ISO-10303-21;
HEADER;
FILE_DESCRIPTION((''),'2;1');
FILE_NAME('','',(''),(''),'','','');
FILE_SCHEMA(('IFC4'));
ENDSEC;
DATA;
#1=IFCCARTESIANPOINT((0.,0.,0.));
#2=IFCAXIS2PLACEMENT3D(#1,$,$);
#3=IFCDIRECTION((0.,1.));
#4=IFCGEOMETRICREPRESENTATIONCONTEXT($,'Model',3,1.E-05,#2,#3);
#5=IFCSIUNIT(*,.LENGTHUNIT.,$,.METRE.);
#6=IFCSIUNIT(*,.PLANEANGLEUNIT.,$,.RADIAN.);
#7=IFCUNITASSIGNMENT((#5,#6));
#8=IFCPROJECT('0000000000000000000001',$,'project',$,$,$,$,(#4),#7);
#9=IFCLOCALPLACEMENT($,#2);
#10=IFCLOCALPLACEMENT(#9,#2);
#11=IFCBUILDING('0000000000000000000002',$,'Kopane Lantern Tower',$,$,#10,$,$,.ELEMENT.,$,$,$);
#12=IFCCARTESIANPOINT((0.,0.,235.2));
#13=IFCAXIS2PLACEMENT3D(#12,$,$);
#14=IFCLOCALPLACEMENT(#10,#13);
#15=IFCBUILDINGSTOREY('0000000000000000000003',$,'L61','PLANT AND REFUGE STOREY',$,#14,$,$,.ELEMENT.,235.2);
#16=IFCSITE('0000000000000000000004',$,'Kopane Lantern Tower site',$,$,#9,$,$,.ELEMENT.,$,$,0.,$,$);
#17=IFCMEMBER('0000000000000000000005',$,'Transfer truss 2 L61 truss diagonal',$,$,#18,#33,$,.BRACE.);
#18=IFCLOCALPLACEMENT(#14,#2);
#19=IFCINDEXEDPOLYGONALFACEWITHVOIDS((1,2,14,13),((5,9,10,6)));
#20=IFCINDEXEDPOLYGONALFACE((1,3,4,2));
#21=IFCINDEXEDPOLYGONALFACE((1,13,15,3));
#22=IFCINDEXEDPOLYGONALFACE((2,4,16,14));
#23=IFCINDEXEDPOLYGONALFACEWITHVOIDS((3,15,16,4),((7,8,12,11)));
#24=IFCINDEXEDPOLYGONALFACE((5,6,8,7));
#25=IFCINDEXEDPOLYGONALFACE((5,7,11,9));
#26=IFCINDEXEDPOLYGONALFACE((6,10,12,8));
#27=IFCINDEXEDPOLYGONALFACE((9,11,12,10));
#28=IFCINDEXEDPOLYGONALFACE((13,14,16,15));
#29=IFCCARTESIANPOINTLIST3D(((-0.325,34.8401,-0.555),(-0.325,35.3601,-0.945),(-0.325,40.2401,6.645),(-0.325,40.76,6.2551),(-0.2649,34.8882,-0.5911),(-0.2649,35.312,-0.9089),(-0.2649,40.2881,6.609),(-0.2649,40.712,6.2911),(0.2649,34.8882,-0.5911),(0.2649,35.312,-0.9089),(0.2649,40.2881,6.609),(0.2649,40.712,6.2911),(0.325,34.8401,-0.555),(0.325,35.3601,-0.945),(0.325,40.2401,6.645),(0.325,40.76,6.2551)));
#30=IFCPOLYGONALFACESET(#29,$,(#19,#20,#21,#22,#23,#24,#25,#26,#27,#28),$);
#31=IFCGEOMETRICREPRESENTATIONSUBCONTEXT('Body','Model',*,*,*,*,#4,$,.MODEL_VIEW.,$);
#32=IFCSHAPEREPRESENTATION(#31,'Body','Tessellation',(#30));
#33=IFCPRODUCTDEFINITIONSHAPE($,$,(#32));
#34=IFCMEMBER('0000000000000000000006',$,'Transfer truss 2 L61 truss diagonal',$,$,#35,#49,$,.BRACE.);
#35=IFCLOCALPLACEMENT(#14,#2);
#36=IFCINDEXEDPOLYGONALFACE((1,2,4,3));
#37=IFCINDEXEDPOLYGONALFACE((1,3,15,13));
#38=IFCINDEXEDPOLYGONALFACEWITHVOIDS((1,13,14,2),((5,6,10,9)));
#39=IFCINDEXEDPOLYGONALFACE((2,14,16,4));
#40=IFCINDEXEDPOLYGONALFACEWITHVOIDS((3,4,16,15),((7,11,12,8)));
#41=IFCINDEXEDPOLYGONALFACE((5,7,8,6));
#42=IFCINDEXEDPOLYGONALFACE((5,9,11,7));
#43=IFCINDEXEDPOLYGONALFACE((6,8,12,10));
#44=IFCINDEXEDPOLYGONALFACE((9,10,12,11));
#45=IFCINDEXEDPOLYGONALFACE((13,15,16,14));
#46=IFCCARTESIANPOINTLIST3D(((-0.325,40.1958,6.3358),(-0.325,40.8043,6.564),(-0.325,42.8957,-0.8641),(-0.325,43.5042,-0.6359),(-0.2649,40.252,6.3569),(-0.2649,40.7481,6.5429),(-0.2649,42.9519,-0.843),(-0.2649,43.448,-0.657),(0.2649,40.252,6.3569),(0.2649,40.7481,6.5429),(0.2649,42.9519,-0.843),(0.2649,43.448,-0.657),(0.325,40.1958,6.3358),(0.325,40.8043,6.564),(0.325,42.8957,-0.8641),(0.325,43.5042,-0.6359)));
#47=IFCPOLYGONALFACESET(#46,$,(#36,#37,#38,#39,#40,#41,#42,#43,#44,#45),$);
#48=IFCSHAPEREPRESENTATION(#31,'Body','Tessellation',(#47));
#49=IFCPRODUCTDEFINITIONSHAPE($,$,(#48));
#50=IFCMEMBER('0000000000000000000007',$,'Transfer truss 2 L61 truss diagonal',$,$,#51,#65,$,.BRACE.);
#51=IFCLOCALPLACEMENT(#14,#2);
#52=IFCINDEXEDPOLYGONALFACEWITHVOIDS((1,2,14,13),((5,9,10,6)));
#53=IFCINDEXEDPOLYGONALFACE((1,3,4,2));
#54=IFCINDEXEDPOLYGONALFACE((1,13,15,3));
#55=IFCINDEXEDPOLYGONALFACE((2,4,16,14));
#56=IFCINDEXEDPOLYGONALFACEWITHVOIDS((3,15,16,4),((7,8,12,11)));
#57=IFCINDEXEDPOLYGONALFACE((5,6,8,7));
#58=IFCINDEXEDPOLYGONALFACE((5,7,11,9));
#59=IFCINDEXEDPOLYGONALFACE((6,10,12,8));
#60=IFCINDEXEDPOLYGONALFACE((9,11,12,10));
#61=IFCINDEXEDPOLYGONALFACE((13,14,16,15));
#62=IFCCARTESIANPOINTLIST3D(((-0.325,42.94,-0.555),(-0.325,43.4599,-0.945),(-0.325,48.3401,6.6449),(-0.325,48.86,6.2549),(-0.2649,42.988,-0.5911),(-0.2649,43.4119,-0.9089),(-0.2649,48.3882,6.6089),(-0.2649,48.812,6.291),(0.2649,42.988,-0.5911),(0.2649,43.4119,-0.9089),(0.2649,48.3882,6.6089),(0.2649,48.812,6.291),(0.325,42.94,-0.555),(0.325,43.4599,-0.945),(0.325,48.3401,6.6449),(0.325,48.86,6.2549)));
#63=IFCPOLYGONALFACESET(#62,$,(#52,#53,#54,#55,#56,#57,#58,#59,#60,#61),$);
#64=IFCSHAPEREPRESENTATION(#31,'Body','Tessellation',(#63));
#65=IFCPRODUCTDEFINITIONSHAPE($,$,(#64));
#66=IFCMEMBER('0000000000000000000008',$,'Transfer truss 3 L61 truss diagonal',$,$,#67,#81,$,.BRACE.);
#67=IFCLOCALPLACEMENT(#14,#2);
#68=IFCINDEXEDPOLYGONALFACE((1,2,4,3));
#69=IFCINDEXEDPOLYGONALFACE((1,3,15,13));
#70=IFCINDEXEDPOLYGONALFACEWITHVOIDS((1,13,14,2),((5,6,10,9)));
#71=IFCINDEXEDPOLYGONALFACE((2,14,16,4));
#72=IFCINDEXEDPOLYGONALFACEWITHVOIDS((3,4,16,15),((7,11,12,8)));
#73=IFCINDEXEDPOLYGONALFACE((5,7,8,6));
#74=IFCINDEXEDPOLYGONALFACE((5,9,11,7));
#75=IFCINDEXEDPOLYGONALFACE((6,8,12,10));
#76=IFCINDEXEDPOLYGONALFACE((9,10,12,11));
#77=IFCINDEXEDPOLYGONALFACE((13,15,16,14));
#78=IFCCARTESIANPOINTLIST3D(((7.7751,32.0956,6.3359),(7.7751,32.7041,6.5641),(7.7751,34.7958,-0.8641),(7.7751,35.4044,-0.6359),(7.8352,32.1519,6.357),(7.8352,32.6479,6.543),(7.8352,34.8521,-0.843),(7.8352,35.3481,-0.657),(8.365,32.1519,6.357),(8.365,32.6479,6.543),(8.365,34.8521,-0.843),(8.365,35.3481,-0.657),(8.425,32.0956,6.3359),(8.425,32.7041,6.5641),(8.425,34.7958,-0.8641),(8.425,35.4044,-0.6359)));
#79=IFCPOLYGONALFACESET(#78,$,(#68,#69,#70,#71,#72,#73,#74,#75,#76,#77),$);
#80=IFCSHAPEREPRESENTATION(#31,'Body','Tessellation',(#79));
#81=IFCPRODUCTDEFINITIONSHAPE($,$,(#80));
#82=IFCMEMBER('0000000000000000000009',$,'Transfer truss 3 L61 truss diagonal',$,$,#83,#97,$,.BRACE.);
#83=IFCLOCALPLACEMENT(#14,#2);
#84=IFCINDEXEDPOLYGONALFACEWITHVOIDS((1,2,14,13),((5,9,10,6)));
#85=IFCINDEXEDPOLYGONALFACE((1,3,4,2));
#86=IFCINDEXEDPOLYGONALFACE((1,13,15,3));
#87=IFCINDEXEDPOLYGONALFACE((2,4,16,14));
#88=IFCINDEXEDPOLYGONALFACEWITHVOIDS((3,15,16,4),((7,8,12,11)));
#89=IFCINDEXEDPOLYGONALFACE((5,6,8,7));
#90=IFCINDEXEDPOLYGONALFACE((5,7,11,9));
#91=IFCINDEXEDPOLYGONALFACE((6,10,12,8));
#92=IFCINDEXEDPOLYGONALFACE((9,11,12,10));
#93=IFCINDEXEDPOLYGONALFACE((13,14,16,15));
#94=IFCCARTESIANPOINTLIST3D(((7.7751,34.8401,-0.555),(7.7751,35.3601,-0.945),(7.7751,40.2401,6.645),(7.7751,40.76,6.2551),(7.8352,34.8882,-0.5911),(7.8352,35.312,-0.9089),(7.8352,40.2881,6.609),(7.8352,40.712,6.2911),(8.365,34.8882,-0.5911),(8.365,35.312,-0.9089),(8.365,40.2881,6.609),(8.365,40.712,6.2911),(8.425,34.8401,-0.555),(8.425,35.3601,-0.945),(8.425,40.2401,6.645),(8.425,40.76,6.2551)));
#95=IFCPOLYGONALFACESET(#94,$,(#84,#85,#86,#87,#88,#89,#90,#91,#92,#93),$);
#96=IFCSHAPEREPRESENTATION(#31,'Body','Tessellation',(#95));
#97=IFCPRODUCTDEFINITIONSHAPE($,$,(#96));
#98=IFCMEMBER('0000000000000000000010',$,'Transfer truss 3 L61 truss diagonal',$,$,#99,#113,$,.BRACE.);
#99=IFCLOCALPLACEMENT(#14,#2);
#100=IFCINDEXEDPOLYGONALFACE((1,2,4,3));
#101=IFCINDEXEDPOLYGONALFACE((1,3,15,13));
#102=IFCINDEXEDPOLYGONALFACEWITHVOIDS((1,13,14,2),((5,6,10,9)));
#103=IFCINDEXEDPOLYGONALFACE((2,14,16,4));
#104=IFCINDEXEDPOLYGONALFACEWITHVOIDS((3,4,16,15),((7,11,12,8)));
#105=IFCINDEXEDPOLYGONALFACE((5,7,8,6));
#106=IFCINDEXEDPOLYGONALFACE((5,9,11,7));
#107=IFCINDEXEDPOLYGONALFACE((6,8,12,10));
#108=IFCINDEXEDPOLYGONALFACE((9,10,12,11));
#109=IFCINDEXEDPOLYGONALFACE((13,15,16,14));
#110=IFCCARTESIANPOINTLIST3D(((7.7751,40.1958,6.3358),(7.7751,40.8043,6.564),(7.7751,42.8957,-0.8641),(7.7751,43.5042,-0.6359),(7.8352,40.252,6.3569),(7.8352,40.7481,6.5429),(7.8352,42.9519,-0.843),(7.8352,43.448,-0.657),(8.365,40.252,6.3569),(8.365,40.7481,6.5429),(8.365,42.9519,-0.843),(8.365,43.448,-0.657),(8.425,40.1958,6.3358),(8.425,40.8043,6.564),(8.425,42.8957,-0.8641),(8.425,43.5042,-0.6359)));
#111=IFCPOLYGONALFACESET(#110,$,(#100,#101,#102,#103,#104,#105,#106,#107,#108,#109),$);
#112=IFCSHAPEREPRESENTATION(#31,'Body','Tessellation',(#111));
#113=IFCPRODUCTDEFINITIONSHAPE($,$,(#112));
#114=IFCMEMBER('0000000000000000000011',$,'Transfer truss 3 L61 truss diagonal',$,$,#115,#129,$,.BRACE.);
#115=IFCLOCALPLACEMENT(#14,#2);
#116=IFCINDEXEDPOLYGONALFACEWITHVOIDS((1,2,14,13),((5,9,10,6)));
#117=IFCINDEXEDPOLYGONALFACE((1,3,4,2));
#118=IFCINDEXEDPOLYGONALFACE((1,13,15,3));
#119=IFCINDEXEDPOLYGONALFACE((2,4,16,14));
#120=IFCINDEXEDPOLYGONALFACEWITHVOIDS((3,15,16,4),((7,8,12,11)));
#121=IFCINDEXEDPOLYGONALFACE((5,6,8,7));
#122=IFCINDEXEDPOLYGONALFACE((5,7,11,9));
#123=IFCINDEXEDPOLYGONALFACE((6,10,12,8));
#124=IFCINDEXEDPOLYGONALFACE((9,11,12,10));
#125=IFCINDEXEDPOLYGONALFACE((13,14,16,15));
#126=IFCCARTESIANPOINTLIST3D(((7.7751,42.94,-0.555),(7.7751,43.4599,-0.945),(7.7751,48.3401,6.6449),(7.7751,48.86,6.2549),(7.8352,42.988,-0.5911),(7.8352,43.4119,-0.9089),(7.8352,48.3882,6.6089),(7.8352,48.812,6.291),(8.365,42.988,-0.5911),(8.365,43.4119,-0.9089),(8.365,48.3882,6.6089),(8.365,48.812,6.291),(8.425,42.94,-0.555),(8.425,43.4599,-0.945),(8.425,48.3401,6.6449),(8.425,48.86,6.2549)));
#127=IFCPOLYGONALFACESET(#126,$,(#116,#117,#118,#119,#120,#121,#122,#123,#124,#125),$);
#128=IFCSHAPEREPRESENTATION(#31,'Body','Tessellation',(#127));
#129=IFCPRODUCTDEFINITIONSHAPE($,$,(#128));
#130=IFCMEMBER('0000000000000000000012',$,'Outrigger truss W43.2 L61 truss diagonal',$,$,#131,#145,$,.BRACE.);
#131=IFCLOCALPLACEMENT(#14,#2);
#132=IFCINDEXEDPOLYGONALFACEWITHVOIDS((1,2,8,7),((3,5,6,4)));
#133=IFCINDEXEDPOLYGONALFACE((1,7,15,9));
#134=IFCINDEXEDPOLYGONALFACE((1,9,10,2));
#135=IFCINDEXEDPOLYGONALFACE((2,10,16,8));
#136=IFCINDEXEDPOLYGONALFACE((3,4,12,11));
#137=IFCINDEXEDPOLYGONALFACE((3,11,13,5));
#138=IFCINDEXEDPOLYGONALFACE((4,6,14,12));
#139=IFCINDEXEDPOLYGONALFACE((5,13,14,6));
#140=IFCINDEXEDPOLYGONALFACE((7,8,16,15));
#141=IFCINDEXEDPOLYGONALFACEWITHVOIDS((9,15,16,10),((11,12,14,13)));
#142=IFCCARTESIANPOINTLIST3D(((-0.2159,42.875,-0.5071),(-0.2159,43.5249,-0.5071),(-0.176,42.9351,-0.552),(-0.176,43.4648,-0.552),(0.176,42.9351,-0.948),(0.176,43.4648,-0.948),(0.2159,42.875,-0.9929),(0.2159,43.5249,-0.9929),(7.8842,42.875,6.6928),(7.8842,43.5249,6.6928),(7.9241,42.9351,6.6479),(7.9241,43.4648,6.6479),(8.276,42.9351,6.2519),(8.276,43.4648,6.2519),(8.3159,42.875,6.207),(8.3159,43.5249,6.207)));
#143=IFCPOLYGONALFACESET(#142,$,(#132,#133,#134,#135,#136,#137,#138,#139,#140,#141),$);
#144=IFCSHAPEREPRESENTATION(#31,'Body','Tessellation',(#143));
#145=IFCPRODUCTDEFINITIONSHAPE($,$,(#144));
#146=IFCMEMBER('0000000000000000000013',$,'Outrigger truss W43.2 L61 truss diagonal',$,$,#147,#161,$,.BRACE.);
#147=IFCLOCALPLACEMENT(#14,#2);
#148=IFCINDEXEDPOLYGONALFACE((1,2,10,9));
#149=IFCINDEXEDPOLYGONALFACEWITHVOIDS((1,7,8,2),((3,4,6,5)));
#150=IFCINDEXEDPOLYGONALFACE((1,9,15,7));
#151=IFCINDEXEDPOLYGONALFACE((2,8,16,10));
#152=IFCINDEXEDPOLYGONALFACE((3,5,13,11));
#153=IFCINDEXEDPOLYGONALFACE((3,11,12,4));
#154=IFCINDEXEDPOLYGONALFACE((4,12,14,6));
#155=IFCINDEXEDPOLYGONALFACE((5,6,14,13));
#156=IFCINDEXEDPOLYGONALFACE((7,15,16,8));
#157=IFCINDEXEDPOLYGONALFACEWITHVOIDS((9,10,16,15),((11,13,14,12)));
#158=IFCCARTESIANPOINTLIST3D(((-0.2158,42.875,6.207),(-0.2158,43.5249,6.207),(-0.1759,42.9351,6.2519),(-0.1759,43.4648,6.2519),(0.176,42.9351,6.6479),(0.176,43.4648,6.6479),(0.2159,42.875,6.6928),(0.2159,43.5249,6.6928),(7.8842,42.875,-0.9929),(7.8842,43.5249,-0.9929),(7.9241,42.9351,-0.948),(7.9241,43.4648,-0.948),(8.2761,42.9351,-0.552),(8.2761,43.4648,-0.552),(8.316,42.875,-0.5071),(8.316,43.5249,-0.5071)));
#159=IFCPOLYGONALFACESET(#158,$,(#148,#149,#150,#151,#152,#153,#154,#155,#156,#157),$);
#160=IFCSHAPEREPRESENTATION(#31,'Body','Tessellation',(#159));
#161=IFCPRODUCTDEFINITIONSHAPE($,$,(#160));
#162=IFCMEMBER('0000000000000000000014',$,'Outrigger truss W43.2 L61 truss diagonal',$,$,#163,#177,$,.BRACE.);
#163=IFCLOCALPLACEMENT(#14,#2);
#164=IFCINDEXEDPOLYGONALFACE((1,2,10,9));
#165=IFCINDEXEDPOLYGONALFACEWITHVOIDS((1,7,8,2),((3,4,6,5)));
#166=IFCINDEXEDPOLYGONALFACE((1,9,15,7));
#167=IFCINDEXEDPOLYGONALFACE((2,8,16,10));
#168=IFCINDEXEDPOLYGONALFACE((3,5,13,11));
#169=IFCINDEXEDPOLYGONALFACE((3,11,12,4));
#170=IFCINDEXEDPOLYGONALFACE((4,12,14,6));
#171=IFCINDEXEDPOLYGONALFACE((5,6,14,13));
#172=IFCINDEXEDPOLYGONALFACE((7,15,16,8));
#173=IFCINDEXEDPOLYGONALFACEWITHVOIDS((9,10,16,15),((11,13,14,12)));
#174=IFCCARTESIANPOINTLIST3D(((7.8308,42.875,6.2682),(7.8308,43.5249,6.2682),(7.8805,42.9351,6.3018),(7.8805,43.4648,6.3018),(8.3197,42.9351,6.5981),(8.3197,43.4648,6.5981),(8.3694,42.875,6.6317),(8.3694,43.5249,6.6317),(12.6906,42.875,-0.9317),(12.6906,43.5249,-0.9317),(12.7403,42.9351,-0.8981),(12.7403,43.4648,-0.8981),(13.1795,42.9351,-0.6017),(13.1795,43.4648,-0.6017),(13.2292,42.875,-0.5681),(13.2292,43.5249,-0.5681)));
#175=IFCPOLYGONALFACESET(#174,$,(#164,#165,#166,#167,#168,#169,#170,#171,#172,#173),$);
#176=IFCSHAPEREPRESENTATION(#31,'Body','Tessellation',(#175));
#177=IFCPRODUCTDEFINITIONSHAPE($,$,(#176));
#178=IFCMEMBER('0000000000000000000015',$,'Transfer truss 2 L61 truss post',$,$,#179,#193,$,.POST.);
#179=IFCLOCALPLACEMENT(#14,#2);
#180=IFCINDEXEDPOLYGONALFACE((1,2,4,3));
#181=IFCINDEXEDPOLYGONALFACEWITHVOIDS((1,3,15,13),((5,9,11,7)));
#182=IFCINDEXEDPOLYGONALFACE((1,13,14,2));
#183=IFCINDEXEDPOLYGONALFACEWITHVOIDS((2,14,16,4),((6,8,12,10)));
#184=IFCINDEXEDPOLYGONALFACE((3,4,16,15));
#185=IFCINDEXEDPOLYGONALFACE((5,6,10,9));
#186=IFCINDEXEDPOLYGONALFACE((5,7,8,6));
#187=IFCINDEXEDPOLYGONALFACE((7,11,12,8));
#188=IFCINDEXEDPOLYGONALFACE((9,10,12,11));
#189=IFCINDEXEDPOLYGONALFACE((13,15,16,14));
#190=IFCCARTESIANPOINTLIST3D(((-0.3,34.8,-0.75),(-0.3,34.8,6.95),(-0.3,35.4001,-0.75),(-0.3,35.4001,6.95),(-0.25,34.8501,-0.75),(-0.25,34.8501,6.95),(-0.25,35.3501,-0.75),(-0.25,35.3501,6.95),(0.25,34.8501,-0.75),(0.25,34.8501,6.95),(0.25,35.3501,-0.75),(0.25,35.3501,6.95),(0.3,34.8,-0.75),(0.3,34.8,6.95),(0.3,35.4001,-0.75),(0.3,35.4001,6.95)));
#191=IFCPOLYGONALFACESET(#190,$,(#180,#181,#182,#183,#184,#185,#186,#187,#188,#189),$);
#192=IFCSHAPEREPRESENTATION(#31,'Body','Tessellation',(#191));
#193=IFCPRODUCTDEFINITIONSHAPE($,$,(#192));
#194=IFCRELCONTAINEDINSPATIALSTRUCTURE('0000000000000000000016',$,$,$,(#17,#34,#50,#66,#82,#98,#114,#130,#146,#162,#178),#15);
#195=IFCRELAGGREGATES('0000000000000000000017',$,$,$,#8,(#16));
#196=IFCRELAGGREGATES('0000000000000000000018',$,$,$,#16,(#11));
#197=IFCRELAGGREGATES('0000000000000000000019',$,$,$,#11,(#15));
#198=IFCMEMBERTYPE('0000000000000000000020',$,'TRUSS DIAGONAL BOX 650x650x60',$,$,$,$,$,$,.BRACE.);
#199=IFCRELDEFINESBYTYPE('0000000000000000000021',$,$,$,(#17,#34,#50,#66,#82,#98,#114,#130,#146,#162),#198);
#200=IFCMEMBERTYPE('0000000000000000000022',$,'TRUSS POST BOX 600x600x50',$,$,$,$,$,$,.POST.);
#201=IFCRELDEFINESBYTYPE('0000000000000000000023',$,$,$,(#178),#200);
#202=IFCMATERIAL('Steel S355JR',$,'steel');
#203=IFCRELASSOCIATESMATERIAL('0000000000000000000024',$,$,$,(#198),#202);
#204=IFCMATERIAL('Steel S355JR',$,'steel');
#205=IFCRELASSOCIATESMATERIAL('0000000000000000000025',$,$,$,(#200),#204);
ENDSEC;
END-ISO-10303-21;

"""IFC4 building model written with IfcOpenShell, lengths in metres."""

from ifc_helpers import new_model, si_unit, direction, frame, origin, origin_2d, place, context, subcontext, project, spatial, hollow_rectangle, extrude, material, material_profile, profile_set, type_object, element, save


model = new_model("IFC4")

# Units and contexts
model_context = context("Model", 3, precision=1e-05, world=origin(), true_north=direction((0.0, 1.0)))
body_context = subcontext(model_context, "Body", "Model", "MODEL_VIEW")
ifc_project = project(units=[si_unit("LENGTHUNIT", "METRE"), si_unit("PLANEANGLEUNIT", "RADIAN")], contexts=[model_context])

# Site, building, storey
site_placement = place(None, origin())
site = spatial("IfcSite", under=ifc_project, at=site_placement, Name="Kopane Lantern Tower site", CompositionType="ELEMENT", RefElevation=0.0)
building_placement = place(site_placement, origin())
building = spatial("IfcBuilding", under=site, at=building_placement, Name="Kopane Lantern Tower", CompositionType="ELEMENT")
storey_placement = place(building_placement, frame((0.0, 0.0, 235.2)))
storey = spatial("IfcBuildingStorey", under=building, at=storey_placement, Name="L61", Description="PLANT AND REFUGE STOREY", CompositionType="ELEMENT", Elevation=235.2)

# Members
ifc_material_1 = material(Name="Steel S355JR", Category="steel")
ifc_material_profile_1 = material_profile(ifc_material_1, hollow_rectangle(XDim=0.6499, YDim=0.6499, WallThickness=0.0601, at=origin_2d()), Name="BOX 650x650x60")
ifc_profile_set_1 = profile_set([ifc_material_profile_1], Name="Steel S355JR")
member_type_1 = type_object("IfcMemberType", Name="TRUSS DIAGONAL BOX 650x650x60", PredefinedType="BRACE", material=ifc_profile_set_1)
member_1_placement = place(storey_placement, frame((0.0, 35.1001, -0.75), z_axis=(0.0, 0.599996, 0.800003), x_axis=(-1.0, 0.0, 0.0)))
element("IfcMember", 1, at=member_1_placement, inside=storey, type_object=member_type_1, Name="Transfer truss 2 L61 truss diagonal", PredefinedType="BRACE", context=body_context, shape_type="SweptSolid", body=[
    extrude(hollow_rectangle(XDim=0.6499, YDim=0.6499, WallThickness=0.0601, at=origin_2d()), origin(), (0.0, 0.0, 1.0), 9.0),
])
member_2_placement = place(storey_placement, frame((0.0, 43.2, -0.75), z_axis=(0.0, -0.35112, 0.93633), x_axis=(1.0, 0.0, 0.0)))
element("IfcMember", 2, at=member_2_placement, inside=storey, type_object=member_type_1, Name="Transfer truss 2 L61 truss diagonal", PredefinedType="BRACE", context=body_context, shape_type="SweptSolid", body=[
    extrude(hollow_rectangle(XDim=0.6499, YDim=0.6499, WallThickness=0.0601, at=origin_2d()), origin(), (0.0, 0.0, 1.0), 7.6895),
])
member_3_placement = place(storey_placement, frame((0.0, 43.2, -0.75), z_axis=(0.0, 0.600013, 0.79999), x_axis=(-1.0, 0.0, 0.0)))
element("IfcMember", 3, at=member_3_placement, inside=storey, type_object=member_type_1, Name="Transfer truss 2 L61 truss diagonal", PredefinedType="BRACE", context=body_context, shape_type="SweptSolid", body=[
    extrude(hollow_rectangle(XDim=0.6499, YDim=0.6499, WallThickness=0.0601, at=origin_2d()), origin(), (0.0, 0.0, 1.0), 9.0),
])
member_4_placement = place(storey_placement, frame((8.1001, 35.1001, -0.75), z_axis=(0.0, -0.351148, 0.93632), x_axis=(1.0, 0.0, 0.0)))
element("IfcMember", 4, at=member_4_placement, inside=storey, type_object=member_type_1, Name="Transfer truss 3 L61 truss diagonal", PredefinedType="BRACE", context=body_context, shape_type="SweptSolid", body=[
    extrude(hollow_rectangle(XDim=0.6499, YDim=0.6499, WallThickness=0.0601, at=origin_2d()), origin(), (0.0, 0.0, 1.0), 7.6897),
])
member_5_placement = place(storey_placement, frame((8.1001, 35.1001, -0.75), z_axis=(0.0, 0.599996, 0.800003), x_axis=(-1.0, 0.0, 0.0)))
element("IfcMember", 5, at=member_5_placement, inside=storey, type_object=member_type_1, Name="Transfer truss 3 L61 truss diagonal", PredefinedType="BRACE", context=body_context, shape_type="SweptSolid", body=[
    extrude(hollow_rectangle(XDim=0.6499, YDim=0.6499, WallThickness=0.0601, at=origin_2d()), origin(), (0.0, 0.0, 1.0), 9.0),
])
member_6_placement = place(storey_placement, frame((8.1001, 43.2, -0.75), z_axis=(0.0, -0.35112, 0.93633), x_axis=(1.0, 0.0, 0.0)))
element("IfcMember", 6, at=member_6_placement, inside=storey, type_object=member_type_1, Name="Transfer truss 3 L61 truss diagonal", PredefinedType="BRACE", context=body_context, shape_type="SweptSolid", body=[
    extrude(hollow_rectangle(XDim=0.6499, YDim=0.6499, WallThickness=0.0601, at=origin_2d()), origin(), (0.0, 0.0, 1.0), 7.6895),
])
member_7_placement = place(storey_placement, frame((8.1001, 43.2, -0.75), z_axis=(0.0, 0.600013, 0.79999), x_axis=(-1.0, 0.0, 0.0)))
element("IfcMember", 7, at=member_7_placement, inside=storey, type_object=member_type_1, Name="Transfer truss 3 L61 truss diagonal", PredefinedType="BRACE", context=body_context, shape_type="SweptSolid", body=[
    extrude(hollow_rectangle(XDim=0.6499, YDim=0.6499, WallThickness=0.0601, at=origin_2d()), origin(), (0.0, 0.0, 1.0), 9.0),
])
for number, where, z_axis, x_axis, name in (
    (8, (0.0, 43.2, -0.75), (0.747416, 0.0, 0.664357), (0.0, 1.0, 0.0), "Outrigger truss W43.2 L61 truss diagonal"),
    (9, (8.1001, 43.2, -0.75), (-0.747416, 0.0, 0.664357), (0.0, -1.0, 0.0), "Outrigger truss W43.2 L61 truss diagonal"),
):
    element("IfcMember", number, at=place(storey_placement, frame(where, z_axis=z_axis, x_axis=x_axis)), inside=storey, type_object=member_type_1, Name=name, PredefinedType="BRACE", context=body_context, shape_type="SweptSolid", body=[
        extrude(hollow_rectangle(XDim=0.6499, YDim=0.6499, WallThickness=0.0601, at=origin_2d()), origin(), (0.0, 0.0, 1.0), 10.8374),
    ])
member_8_placement = place(storey_placement, frame((8.1001, 43.2, 6.45), z_axis=(0.559465, 0.0, -0.828854), x_axis=(0.0, 1.0, 0.0)))
element("IfcMember", 10, at=member_8_placement, inside=storey, type_object=member_type_1, Name="Outrigger truss W43.2 L61 truss diagonal", PredefinedType="BRACE", context=body_context, shape_type="SweptSolid", body=[
    extrude(hollow_rectangle(XDim=0.6499, YDim=0.6499, WallThickness=0.0601, at=origin_2d()), origin(), (0.0, 0.0, 1.0), 8.6865),
])
ifc_material_2 = material(Name="Steel S355JR", Category="steel")
ifc_material_profile_2 = material_profile(ifc_material_2, hollow_rectangle(XDim=0.6001, YDim=0.6001, WallThickness=0.05, at=origin_2d()), Name="BOX 600x600x50")
ifc_profile_set_2 = profile_set([ifc_material_profile_2], Name="Steel S355JR")
member_type_2 = type_object("IfcMemberType", Name="TRUSS POST BOX 600x600x50", PredefinedType="POST", material=ifc_profile_set_2)
for number, where, z_axis, x_axis, name in (
    (11, (0.0, 35.1001, -0.75), (0.0, 0.0, 1.0), (1.0, 0.0, 0.0), "Transfer truss 2 L61 truss post"),
):
    element("IfcMember", number, at=place(storey_placement, frame(where, z_axis=z_axis, x_axis=x_axis)), inside=storey, type_object=member_type_2, Name=name, PredefinedType="POST", context=body_context, shape_type="SweptSolid", body=[
        extrude(hollow_rectangle(XDim=0.6001, YDim=0.6001, WallThickness=0.05, at=origin_2d()), origin(), (0.0, 0.0, 1.0), 7.7),
    ])

save(model, "model.ifc")
